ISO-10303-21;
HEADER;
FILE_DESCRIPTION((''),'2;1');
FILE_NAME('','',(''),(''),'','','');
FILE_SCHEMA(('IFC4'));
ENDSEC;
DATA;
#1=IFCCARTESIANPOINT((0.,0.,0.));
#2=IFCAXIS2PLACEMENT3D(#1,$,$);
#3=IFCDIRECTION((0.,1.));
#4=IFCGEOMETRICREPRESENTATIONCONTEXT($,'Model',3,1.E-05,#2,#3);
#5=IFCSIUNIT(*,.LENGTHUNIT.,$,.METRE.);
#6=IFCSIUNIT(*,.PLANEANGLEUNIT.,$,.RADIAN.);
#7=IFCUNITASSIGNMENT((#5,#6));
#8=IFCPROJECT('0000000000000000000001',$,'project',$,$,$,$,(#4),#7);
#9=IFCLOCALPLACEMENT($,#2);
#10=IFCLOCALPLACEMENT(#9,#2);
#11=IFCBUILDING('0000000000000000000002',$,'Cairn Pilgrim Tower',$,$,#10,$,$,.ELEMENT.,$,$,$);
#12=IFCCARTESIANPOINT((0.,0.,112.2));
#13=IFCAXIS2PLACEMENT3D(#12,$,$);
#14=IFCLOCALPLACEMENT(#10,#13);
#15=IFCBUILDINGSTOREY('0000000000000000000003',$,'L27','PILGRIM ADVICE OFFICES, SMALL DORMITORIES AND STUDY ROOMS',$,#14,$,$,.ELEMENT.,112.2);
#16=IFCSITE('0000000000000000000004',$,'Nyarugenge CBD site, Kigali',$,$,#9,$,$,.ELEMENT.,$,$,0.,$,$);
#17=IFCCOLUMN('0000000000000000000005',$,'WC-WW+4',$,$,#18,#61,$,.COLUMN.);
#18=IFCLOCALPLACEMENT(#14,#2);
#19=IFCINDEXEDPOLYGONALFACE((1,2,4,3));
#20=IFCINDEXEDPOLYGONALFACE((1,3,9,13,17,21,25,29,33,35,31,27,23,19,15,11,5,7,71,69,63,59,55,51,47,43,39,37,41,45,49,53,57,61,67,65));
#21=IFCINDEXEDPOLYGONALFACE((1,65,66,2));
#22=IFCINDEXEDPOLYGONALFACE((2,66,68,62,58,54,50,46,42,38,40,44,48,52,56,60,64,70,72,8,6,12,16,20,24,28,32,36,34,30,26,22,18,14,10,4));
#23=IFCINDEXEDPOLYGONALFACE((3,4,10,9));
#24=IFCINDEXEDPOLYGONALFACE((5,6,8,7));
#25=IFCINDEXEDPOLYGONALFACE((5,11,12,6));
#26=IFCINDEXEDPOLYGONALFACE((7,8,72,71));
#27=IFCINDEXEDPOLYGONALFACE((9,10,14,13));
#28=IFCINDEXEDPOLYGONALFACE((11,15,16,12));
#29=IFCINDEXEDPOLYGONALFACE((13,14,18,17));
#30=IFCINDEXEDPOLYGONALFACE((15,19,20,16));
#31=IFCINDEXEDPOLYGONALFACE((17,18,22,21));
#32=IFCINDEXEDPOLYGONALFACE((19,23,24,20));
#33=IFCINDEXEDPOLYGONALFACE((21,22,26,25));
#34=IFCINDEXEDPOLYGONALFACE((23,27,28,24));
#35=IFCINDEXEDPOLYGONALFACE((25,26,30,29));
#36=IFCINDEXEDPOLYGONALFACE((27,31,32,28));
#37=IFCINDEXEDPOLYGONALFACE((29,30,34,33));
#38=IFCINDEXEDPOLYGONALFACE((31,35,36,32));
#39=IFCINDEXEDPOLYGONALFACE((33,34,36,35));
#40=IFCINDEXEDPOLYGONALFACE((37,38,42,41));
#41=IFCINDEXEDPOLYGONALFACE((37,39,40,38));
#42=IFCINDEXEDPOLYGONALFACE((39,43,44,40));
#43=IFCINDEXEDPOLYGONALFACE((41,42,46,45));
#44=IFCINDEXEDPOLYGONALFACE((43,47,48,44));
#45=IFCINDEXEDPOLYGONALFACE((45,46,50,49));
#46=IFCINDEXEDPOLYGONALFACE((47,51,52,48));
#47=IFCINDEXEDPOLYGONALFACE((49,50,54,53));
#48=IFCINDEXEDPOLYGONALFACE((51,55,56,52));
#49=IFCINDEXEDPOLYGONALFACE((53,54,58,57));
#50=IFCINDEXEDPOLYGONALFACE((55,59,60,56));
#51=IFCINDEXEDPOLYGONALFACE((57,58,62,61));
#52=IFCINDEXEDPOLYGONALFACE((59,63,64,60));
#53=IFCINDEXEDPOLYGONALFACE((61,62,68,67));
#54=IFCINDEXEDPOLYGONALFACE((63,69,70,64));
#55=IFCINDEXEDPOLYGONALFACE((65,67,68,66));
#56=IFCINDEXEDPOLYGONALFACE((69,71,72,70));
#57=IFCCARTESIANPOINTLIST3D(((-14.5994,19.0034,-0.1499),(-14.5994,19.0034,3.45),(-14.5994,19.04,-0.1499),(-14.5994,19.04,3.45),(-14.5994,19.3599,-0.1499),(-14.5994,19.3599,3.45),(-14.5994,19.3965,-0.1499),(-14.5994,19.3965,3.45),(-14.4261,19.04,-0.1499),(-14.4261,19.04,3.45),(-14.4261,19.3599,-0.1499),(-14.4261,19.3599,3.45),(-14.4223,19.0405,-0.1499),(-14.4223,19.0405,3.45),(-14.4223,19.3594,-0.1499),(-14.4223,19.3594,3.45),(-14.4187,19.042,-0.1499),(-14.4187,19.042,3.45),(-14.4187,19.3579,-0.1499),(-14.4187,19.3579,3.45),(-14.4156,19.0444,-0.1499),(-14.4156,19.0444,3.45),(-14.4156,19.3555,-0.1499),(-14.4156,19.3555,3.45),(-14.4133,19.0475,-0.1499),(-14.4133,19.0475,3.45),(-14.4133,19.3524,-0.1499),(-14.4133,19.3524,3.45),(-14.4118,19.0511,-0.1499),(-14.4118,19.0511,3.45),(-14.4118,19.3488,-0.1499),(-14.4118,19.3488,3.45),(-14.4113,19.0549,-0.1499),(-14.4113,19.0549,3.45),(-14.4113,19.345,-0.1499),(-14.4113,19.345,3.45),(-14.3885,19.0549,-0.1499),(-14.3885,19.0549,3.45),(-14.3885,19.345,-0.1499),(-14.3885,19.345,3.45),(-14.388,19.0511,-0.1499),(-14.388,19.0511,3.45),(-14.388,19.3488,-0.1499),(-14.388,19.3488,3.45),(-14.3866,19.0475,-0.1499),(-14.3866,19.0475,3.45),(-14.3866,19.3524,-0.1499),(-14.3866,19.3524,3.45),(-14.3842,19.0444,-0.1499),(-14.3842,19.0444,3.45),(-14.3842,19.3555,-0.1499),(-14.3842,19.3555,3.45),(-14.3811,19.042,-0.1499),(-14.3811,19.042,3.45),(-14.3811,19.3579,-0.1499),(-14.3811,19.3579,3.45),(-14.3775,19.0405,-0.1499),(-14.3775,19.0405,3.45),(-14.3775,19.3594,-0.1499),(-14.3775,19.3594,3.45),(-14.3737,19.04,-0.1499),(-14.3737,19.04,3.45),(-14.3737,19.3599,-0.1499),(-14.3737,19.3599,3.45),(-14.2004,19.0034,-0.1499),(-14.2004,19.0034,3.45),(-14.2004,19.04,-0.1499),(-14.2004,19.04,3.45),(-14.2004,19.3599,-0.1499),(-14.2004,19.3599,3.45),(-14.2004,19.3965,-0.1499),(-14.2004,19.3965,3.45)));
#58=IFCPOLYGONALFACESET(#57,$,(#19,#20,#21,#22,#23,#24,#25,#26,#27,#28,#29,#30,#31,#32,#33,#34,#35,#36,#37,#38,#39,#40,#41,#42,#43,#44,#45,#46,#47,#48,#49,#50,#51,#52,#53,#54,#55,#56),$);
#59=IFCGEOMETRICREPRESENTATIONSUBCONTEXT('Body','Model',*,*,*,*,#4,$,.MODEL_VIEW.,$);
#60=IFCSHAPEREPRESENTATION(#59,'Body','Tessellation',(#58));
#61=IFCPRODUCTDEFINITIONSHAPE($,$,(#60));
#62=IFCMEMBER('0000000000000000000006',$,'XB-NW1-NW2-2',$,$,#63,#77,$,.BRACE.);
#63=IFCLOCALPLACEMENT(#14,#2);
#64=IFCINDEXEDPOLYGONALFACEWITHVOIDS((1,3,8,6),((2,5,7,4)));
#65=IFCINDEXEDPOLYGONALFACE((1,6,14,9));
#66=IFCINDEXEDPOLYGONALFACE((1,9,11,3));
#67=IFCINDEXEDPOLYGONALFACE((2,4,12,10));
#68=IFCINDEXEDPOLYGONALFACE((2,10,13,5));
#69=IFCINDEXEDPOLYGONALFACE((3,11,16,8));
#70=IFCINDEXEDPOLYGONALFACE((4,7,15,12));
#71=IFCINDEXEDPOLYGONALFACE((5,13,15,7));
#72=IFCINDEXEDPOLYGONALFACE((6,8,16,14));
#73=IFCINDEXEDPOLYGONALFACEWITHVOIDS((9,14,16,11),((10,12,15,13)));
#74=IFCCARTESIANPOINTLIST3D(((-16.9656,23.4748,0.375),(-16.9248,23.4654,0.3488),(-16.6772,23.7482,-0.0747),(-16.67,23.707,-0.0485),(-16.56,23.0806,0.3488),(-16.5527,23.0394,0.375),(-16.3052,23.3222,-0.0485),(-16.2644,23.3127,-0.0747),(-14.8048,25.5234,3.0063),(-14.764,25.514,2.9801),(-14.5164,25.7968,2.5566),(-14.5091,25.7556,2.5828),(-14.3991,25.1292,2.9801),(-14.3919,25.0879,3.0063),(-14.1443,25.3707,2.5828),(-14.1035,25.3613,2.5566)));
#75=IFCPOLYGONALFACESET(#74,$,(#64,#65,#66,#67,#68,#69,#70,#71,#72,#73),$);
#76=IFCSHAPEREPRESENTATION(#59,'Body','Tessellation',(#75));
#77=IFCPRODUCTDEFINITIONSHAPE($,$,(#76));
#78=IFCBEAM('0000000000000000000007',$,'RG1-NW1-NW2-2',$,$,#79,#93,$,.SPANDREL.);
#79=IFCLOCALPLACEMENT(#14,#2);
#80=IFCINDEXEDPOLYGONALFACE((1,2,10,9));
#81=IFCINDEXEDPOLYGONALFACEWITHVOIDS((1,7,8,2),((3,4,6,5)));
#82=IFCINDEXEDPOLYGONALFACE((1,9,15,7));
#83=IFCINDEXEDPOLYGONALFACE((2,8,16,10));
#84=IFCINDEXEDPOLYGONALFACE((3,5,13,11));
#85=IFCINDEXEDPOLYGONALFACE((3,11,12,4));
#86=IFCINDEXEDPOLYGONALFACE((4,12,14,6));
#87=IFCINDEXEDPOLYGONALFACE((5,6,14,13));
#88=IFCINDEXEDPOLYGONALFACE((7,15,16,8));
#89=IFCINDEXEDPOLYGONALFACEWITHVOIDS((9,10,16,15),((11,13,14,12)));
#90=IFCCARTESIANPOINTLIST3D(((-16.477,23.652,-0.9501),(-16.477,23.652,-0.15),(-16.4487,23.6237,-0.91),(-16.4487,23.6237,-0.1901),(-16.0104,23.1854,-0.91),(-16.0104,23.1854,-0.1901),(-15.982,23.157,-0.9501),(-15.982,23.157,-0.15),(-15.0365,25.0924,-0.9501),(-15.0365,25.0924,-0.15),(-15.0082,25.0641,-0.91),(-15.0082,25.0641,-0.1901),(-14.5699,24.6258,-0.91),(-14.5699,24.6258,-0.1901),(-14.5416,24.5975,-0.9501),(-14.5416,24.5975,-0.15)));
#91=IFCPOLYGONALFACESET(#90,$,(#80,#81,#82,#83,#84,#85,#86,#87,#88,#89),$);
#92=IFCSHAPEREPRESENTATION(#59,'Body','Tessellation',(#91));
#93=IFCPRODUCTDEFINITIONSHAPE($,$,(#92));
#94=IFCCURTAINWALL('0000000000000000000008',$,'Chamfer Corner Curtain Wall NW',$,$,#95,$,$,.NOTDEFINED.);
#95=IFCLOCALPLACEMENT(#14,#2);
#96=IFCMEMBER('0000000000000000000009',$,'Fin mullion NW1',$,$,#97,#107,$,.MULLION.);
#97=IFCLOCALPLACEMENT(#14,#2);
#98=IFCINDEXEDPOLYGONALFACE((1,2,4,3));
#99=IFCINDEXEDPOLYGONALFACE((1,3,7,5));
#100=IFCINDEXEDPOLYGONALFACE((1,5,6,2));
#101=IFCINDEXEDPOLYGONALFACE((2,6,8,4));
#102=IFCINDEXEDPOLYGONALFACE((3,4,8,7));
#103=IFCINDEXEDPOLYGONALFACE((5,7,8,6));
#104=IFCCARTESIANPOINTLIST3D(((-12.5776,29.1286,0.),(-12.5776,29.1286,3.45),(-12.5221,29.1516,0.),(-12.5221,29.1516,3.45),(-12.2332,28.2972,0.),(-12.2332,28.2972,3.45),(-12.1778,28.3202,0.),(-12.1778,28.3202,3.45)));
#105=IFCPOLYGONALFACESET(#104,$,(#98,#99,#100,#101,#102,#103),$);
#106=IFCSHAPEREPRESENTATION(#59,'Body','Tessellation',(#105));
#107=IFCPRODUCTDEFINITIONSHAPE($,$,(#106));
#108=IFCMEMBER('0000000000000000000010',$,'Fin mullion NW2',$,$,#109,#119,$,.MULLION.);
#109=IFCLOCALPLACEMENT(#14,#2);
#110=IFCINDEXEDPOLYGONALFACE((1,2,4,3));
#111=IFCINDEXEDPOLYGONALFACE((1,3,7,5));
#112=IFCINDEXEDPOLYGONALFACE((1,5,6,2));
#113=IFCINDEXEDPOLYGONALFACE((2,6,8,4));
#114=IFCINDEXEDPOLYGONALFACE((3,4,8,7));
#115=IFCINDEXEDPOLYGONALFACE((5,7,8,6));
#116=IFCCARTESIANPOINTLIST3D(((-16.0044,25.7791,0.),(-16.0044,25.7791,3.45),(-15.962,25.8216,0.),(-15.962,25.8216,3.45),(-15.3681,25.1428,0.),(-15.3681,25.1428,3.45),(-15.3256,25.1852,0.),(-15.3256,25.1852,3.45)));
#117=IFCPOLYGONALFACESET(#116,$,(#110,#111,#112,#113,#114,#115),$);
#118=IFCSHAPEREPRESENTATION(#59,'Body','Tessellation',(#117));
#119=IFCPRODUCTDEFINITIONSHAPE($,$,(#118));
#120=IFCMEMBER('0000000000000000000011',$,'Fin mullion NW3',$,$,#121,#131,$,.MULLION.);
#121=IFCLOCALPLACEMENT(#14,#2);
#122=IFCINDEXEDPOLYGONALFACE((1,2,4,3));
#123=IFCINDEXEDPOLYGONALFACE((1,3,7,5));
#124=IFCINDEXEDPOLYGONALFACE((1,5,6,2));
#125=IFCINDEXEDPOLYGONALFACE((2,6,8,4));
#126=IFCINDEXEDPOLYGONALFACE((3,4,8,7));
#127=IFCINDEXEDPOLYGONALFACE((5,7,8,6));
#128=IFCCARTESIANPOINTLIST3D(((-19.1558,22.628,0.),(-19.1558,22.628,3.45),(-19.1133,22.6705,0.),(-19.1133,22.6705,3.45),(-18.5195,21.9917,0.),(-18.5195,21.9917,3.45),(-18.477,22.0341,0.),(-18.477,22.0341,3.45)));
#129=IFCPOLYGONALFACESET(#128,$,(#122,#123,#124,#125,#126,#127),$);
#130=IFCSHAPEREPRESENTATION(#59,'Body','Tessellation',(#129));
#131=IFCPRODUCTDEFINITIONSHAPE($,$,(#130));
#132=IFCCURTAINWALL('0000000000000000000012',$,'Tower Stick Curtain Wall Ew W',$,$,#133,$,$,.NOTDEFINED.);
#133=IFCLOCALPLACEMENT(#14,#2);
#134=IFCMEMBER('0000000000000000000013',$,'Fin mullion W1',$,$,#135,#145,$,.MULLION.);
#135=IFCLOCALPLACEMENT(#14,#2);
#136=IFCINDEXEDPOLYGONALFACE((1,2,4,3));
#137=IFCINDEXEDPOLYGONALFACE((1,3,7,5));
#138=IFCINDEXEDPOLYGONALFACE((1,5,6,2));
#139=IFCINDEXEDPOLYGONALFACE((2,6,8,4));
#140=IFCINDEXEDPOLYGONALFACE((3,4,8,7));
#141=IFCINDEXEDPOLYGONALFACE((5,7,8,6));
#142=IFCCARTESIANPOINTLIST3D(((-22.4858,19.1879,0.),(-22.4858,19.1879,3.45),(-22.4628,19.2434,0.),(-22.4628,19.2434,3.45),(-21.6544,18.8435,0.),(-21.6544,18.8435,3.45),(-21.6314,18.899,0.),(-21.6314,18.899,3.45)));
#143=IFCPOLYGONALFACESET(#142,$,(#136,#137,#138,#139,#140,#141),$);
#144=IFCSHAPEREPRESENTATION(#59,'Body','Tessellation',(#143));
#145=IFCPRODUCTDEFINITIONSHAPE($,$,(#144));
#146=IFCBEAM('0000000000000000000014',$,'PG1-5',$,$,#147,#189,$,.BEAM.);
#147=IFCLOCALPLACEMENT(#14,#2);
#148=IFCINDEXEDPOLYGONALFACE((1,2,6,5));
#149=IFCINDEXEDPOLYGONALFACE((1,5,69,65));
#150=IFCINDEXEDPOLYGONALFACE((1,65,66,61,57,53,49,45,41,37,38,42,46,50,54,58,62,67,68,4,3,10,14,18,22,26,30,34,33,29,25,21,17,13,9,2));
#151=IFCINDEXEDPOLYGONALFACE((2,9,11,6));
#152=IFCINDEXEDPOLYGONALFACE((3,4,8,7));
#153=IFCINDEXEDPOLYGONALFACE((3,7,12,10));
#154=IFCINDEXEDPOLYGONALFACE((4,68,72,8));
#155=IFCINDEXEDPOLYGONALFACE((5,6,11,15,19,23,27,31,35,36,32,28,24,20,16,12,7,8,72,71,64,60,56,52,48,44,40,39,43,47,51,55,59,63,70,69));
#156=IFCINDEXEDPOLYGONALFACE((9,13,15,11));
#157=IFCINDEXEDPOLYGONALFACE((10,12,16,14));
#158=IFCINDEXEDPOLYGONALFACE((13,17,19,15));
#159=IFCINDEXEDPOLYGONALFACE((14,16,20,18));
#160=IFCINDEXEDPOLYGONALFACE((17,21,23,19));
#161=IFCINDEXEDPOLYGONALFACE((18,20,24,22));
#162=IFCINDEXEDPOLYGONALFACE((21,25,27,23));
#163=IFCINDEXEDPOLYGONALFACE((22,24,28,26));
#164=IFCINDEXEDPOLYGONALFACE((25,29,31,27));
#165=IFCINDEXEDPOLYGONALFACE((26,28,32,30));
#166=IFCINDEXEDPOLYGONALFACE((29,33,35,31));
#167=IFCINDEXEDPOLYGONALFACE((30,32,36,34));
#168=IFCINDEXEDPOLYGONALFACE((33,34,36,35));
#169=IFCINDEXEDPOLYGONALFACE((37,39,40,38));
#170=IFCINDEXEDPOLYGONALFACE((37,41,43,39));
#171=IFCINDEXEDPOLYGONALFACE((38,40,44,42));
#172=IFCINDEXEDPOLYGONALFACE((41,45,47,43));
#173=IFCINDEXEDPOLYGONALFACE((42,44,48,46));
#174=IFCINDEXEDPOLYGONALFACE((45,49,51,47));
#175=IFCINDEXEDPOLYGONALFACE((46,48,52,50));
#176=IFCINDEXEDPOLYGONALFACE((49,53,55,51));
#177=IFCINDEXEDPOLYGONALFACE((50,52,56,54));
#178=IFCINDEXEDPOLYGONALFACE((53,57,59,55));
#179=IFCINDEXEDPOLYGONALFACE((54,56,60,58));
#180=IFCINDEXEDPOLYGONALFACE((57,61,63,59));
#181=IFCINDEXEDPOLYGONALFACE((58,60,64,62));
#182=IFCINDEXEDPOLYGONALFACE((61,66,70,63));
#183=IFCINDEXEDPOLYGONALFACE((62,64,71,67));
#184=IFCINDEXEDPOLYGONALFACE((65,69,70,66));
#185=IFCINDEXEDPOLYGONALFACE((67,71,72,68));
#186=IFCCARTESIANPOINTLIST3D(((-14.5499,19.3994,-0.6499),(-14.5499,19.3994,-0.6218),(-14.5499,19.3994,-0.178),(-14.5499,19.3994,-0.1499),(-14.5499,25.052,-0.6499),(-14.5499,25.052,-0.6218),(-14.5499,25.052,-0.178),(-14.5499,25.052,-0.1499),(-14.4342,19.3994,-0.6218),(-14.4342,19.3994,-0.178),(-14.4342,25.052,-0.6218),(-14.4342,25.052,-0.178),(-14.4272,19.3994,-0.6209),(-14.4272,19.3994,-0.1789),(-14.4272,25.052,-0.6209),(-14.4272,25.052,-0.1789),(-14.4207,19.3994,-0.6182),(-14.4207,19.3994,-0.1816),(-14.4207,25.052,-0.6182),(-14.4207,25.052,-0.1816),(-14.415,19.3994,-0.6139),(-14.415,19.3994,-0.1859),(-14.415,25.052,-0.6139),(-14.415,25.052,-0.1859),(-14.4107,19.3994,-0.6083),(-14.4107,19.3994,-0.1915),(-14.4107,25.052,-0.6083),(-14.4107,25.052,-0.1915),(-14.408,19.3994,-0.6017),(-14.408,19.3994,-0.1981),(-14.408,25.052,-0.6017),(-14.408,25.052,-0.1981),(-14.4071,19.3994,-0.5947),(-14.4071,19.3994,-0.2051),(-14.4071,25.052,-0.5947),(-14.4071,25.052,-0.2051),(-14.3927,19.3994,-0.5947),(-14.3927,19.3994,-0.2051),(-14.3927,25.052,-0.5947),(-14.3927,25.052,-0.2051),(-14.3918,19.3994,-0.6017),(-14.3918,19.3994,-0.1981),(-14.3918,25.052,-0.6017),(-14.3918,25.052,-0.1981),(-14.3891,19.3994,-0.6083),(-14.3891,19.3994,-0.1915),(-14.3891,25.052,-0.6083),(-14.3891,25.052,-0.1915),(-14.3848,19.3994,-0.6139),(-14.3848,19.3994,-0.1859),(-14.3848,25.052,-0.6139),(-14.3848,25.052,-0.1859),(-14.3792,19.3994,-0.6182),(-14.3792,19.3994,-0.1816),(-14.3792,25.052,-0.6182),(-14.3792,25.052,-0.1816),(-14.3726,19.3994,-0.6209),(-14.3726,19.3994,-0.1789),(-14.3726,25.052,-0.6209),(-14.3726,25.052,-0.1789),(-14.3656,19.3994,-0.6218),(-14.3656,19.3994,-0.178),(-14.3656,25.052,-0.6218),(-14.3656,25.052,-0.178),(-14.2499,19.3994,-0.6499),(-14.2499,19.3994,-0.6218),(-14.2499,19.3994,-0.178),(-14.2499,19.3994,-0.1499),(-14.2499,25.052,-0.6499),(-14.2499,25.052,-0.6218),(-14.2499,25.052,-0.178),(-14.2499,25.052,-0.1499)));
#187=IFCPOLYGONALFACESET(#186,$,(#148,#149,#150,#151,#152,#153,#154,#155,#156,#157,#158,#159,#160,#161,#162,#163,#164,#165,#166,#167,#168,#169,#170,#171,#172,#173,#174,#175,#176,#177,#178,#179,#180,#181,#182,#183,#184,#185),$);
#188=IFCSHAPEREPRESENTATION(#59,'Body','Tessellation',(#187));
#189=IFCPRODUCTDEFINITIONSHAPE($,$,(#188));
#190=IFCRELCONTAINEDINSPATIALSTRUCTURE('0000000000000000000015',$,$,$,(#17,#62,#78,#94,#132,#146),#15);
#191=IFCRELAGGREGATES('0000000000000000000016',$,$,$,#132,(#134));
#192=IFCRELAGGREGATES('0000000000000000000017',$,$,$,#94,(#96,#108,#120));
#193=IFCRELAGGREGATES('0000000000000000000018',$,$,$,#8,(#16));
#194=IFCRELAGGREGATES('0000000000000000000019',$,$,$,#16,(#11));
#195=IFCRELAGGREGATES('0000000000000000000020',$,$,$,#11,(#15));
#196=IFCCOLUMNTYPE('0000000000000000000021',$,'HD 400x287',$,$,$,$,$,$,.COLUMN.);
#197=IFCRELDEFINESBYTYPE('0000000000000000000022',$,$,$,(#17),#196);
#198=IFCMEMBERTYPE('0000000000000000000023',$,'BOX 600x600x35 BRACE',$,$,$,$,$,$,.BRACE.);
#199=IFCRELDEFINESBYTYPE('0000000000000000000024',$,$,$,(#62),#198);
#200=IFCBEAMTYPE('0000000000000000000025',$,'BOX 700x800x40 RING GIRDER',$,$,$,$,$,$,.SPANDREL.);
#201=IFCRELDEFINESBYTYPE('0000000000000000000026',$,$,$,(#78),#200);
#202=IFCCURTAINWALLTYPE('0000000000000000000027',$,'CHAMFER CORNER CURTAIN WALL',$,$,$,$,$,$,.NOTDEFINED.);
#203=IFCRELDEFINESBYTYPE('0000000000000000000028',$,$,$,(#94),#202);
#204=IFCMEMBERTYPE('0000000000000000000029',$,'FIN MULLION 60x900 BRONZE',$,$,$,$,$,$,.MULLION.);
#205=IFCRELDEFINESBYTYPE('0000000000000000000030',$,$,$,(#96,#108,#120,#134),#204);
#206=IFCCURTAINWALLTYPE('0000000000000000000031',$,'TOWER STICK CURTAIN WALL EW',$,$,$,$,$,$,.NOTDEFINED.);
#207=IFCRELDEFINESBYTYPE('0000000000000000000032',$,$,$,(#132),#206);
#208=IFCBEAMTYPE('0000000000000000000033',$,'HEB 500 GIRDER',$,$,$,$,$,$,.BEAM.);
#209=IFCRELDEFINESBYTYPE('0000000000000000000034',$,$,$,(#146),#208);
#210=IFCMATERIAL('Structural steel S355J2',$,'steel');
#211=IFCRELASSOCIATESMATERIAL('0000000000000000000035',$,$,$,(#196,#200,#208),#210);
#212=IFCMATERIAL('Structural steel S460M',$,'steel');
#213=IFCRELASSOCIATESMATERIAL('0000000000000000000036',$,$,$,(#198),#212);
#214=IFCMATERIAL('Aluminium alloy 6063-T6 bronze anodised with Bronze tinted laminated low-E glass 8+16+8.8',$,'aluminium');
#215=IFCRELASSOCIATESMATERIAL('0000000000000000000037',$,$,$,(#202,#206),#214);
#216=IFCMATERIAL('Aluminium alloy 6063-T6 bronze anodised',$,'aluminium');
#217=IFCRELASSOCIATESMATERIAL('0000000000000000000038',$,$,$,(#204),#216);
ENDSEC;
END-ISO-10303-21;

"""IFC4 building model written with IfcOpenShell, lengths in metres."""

from ifc_helpers import new_model, si_unit, direction, frame, origin, origin_2d, place, context, subcontext, project, spatial, rectangle, hollow_rectangle, i_section, extrude, material, material_profile, profile_set, type_object, element, aggregate, save


model = new_model("IFC4")

# Units and contexts
model_context = context("Model", 3, precision=1e-05, world=origin(), true_north=direction((0.0, 1.0)))
body_context = subcontext(model_context, "Body", "Model", "MODEL_VIEW")
ifc_project = project(units=[si_unit("LENGTHUNIT", "METRE"), si_unit("PLANEANGLEUNIT", "RADIAN")], contexts=[model_context])

# Site, building, storey
site_placement = place(None, origin())
site = spatial("IfcSite", under=ifc_project, at=site_placement, Name="Nyarugenge CBD site, Kigali", CompositionType="ELEMENT", RefElevation=0.0)
building_placement = place(site_placement, origin())
building = spatial("IfcBuilding", under=site, at=building_placement, Name="Cairn Pilgrim Tower", CompositionType="ELEMENT")
storey_placement = place(building_placement, frame((0.0, 0.0, 112.2)))
storey = spatial("IfcBuildingStorey", under=building, at=storey_placement, Name="L27", Description="PILGRIM ADVICE OFFICES, SMALL DORMITORIES AND STUDY ROOMS", CompositionType="ELEMENT", Elevation=112.2)

# Column
ifc_material_1 = material(Name="Structural steel S460M", Category="steel")
ifc_material_2 = material(Name="Structural steel S355J2", Category="steel")
ifc_material_profile_1 = material_profile(ifc_material_2, i_section(OverallWidth=0.3989, OverallDepth=0.3931, WebThickness=0.0227, FlangeThickness=0.0366, FilletRadius=0.0149, at=origin_2d()), Name="HD 400x287")
ifc_profile_set_1 = profile_set([ifc_material_profile_1], Name="Structural steel S355J2")
column_type_1 = type_object("IfcColumnType", Name="HD 400x287", PredefinedType="COLUMN", material=ifc_profile_set_1)
column_1_placement = place(storey_placement, frame((-14.3999, 19.2, -0.1499), z_axis=(0.0, 0.0, 1.0), x_axis=(1.0, 0.0, 0.0)))
element("IfcColumn", 1, at=column_1_placement, inside=storey, type_object=column_type_1, Name="WC-WW+4", PredefinedType="COLUMN", context=body_context, shape_type="SweptSolid", body=[
    extrude(i_section(OverallWidth=0.3989, OverallDepth=0.3931, WebThickness=0.0227, FlangeThickness=0.0366, FilletRadius=0.0149, at=origin_2d()), origin(), (0.0, 0.0, 1.0), 3.5999),
])

# Member
ifc_material_profile_2 = material_profile(ifc_material_1, hollow_rectangle(XDim=0.6001, YDim=0.6001, WallThickness=0.0349, at=origin_2d()), Name="BOX 600x600x35")
ifc_profile_set_2 = profile_set([ifc_material_profile_2], Name="Structural steel S460M")
member_type_1 = type_object("IfcMemberType", Name="BOX 600x600x35 BRACE", PredefinedType="BRACE", material=ifc_profile_set_2)
member_1_placement = place(storey_placement, frame((-16.615, 23.3938, 0.1501), z_axis=(0.5438, 0.515538, 0.662194), x_axis=(-0.687997, 0.725713, 0.0)))
element("IfcMember", 2, at=member_1_placement, inside=storey, type_object=member_type_1, Name="XB-NW1-NW2-2", PredefinedType="BRACE", context=body_context, shape_type="SweptSolid", body=[
    extrude(hollow_rectangle(XDim=0.6001, YDim=0.6001, WallThickness=0.0349, at=origin_2d()), origin(), (0.0, 0.0, 1.0), 3.9736),
])

# Beam
ifc_material_profile_3 = material_profile(ifc_material_2, hollow_rectangle(XDim=0.7, YDim=0.8, WallThickness=0.04, at=origin_2d()), Name="BOX 700x800x40")
ifc_profile_set_3 = profile_set([ifc_material_profile_3], Name="Structural steel S355J2")
beam_type_1 = type_object("IfcBeamType", Name="BOX 700x800x40 RING GIRDER", PredefinedType="SPANDREL", material=ifc_profile_set_3)
beam_1_placement = place(storey_placement, frame((-14.7891, 24.845, -0.55), z_axis=(-0.707107, -0.707107, 0.0), x_axis=(0.707107, -0.707107, 0.0)))
element("IfcBeam", 3, at=beam_1_placement, inside=storey, type_object=beam_type_1, Name="RG1-NW1-NW2-2", PredefinedType="SPANDREL", context=body_context, shape_type="SweptSolid", body=[
    extrude(hollow_rectangle(XDim=0.7, YDim=0.8, WallThickness=0.04, at=origin_2d()), origin(), (0.0, 0.0, 1.0), 2.0371),
])

# Curtain wall, members
ifc_material_3 = material(Name="Aluminium alloy 6063-T6 bronze anodised with Bronze tinted laminated low-E glass 8+16+8.8", Category="aluminium")
curtain_wall_type_1 = type_object("IfcCurtainWallType", Name="CHAMFER CORNER CURTAIN WALL", PredefinedType="NOTDEFINED", material=ifc_material_3)
curtain_wall_1_placement = place(storey_placement, origin())
curtain_wall_1 = element("IfcCurtainWall", 4, at=curtain_wall_1_placement, inside=storey, type_object=curtain_wall_type_1, Name="Chamfer Corner Curtain Wall NW", PredefinedType="NOTDEFINED")
ifc_material_4 = material(Name="Aluminium alloy 6063-T6 bronze anodised", Category="aluminium")
ifc_material_profile_4 = material_profile(ifc_material_4, rectangle(XDim=0.8999, YDim=0.0601, at=origin_2d()), Name="FIN MULLION 60x900 BRONZE")
ifc_profile_set_4 = profile_set([ifc_material_profile_4], Name="Aluminium alloy 6063-T6 bronze anodised")
member_type_2 = type_object("IfcMemberType", Name="FIN MULLION 60x900 BRONZE", PredefinedType="MULLION", material=ifc_profile_set_4)
member_2_placement = place(storey_placement, frame((-12.3777, 28.7244, 0.0), z_axis=(0.0, 0.0, 1.0), x_axis=(-0.382683, 0.92388, 0.0)))
member_2 = element("IfcMember", 5, at=member_2_placement, type_object=member_type_2, Name="Fin mullion NW1", PredefinedType="MULLION", context=body_context, shape_type="SweptSolid", body=[
    extrude(rectangle(XDim=0.8999, YDim=0.0601, at=origin_2d()), origin(), (0.0, 0.0, 1.0), 3.45),
])
member_3_placement = place(storey_placement, frame((-15.665, 25.4822, 0.0), z_axis=(0.0, 0.0, 1.0), x_axis=(-0.707107, 0.707107, 0.0)))
member_3 = element("IfcMember", 6, at=member_3_placement, type_object=member_type_2, Name="Fin mullion NW2", PredefinedType="MULLION", context=body_context, shape_type="SweptSolid", body=[
    extrude(rectangle(XDim=0.8999, YDim=0.0601, at=origin_2d()), origin(), (0.0, 0.0, 1.0), 3.45),
])
member_4_placement = place(storey_placement, frame((-18.8164, 22.3311, 0.0), z_axis=(0.0, 0.0, 1.0), x_axis=(-0.707107, 0.707107, 0.0)))
member_4 = element("IfcMember", 7, at=member_4_placement, type_object=member_type_2, Name="Fin mullion NW3", PredefinedType="MULLION", context=body_context, shape_type="SweptSolid", body=[
    extrude(rectangle(XDim=0.8999, YDim=0.0601, at=origin_2d()), origin(), (0.0, 0.0, 1.0), 3.45),
])

# Curtain wall, member
curtain_wall_type_2 = type_object("IfcCurtainWallType", Name="TOWER STICK CURTAIN WALL EW", PredefinedType="NOTDEFINED", material=ifc_material_3)
curtain_wall_2_placement = place(storey_placement, origin())
curtain_wall_2 = element("IfcCurtainWall", 8, at=curtain_wall_2_placement, inside=storey, type_object=curtain_wall_type_2, Name="Tower Stick Curtain Wall Ew W", PredefinedType="NOTDEFINED")
member_5_placement = place(storey_placement, frame((-22.0586, 19.0435, 0.0), z_axis=(0.0, 0.0, 1.0), x_axis=(-0.92388, 0.382683, 0.0)))
member_5 = element("IfcMember", 9, at=member_5_placement, type_object=member_type_2, Name="Fin mullion W1", PredefinedType="MULLION", context=body_context, shape_type="SweptSolid", body=[
    extrude(rectangle(XDim=0.8999, YDim=0.0601, at=origin_2d()), origin(), (0.0, 0.0, 1.0), 3.45),
])

# Beam
ifc_material_profile_5 = material_profile(ifc_material_2, i_section(OverallWidth=0.3, OverallDepth=0.5, WebThickness=0.0144, FlangeThickness=0.0281, FilletRadius=0.0271, at=origin_2d()), Name="HEB 500")
ifc_profile_set_5 = profile_set([ifc_material_profile_5], Name="Structural steel S355J2")
beam_type_2 = type_object("IfcBeamType", Name="HEB 500 GIRDER", PredefinedType="BEAM", material=ifc_profile_set_5)
beam_2_placement = place(storey_placement, frame((-14.3999, 19.3994, -0.3999), z_axis=(0.0, 1.0, 0.0), x_axis=(-1.0, 0.0, 0.0)))
element("IfcBeam", 10, at=beam_2_placement, inside=storey, type_object=beam_type_2, Name="PG1-5", PredefinedType="BEAM", context=body_context, shape_type="SweptSolid", body=[
    extrude(i_section(OverallWidth=0.3, OverallDepth=0.5, WebThickness=0.0144, FlangeThickness=0.0281, FilletRadius=0.0271, at=origin_2d()), origin(), (0.0, 0.0, 1.0), 5.6526),
])

aggregate(curtain_wall_2, [member_5])

aggregate(curtain_wall_1, [member_2, member_3, member_4])

save(model, "model.ifc")
